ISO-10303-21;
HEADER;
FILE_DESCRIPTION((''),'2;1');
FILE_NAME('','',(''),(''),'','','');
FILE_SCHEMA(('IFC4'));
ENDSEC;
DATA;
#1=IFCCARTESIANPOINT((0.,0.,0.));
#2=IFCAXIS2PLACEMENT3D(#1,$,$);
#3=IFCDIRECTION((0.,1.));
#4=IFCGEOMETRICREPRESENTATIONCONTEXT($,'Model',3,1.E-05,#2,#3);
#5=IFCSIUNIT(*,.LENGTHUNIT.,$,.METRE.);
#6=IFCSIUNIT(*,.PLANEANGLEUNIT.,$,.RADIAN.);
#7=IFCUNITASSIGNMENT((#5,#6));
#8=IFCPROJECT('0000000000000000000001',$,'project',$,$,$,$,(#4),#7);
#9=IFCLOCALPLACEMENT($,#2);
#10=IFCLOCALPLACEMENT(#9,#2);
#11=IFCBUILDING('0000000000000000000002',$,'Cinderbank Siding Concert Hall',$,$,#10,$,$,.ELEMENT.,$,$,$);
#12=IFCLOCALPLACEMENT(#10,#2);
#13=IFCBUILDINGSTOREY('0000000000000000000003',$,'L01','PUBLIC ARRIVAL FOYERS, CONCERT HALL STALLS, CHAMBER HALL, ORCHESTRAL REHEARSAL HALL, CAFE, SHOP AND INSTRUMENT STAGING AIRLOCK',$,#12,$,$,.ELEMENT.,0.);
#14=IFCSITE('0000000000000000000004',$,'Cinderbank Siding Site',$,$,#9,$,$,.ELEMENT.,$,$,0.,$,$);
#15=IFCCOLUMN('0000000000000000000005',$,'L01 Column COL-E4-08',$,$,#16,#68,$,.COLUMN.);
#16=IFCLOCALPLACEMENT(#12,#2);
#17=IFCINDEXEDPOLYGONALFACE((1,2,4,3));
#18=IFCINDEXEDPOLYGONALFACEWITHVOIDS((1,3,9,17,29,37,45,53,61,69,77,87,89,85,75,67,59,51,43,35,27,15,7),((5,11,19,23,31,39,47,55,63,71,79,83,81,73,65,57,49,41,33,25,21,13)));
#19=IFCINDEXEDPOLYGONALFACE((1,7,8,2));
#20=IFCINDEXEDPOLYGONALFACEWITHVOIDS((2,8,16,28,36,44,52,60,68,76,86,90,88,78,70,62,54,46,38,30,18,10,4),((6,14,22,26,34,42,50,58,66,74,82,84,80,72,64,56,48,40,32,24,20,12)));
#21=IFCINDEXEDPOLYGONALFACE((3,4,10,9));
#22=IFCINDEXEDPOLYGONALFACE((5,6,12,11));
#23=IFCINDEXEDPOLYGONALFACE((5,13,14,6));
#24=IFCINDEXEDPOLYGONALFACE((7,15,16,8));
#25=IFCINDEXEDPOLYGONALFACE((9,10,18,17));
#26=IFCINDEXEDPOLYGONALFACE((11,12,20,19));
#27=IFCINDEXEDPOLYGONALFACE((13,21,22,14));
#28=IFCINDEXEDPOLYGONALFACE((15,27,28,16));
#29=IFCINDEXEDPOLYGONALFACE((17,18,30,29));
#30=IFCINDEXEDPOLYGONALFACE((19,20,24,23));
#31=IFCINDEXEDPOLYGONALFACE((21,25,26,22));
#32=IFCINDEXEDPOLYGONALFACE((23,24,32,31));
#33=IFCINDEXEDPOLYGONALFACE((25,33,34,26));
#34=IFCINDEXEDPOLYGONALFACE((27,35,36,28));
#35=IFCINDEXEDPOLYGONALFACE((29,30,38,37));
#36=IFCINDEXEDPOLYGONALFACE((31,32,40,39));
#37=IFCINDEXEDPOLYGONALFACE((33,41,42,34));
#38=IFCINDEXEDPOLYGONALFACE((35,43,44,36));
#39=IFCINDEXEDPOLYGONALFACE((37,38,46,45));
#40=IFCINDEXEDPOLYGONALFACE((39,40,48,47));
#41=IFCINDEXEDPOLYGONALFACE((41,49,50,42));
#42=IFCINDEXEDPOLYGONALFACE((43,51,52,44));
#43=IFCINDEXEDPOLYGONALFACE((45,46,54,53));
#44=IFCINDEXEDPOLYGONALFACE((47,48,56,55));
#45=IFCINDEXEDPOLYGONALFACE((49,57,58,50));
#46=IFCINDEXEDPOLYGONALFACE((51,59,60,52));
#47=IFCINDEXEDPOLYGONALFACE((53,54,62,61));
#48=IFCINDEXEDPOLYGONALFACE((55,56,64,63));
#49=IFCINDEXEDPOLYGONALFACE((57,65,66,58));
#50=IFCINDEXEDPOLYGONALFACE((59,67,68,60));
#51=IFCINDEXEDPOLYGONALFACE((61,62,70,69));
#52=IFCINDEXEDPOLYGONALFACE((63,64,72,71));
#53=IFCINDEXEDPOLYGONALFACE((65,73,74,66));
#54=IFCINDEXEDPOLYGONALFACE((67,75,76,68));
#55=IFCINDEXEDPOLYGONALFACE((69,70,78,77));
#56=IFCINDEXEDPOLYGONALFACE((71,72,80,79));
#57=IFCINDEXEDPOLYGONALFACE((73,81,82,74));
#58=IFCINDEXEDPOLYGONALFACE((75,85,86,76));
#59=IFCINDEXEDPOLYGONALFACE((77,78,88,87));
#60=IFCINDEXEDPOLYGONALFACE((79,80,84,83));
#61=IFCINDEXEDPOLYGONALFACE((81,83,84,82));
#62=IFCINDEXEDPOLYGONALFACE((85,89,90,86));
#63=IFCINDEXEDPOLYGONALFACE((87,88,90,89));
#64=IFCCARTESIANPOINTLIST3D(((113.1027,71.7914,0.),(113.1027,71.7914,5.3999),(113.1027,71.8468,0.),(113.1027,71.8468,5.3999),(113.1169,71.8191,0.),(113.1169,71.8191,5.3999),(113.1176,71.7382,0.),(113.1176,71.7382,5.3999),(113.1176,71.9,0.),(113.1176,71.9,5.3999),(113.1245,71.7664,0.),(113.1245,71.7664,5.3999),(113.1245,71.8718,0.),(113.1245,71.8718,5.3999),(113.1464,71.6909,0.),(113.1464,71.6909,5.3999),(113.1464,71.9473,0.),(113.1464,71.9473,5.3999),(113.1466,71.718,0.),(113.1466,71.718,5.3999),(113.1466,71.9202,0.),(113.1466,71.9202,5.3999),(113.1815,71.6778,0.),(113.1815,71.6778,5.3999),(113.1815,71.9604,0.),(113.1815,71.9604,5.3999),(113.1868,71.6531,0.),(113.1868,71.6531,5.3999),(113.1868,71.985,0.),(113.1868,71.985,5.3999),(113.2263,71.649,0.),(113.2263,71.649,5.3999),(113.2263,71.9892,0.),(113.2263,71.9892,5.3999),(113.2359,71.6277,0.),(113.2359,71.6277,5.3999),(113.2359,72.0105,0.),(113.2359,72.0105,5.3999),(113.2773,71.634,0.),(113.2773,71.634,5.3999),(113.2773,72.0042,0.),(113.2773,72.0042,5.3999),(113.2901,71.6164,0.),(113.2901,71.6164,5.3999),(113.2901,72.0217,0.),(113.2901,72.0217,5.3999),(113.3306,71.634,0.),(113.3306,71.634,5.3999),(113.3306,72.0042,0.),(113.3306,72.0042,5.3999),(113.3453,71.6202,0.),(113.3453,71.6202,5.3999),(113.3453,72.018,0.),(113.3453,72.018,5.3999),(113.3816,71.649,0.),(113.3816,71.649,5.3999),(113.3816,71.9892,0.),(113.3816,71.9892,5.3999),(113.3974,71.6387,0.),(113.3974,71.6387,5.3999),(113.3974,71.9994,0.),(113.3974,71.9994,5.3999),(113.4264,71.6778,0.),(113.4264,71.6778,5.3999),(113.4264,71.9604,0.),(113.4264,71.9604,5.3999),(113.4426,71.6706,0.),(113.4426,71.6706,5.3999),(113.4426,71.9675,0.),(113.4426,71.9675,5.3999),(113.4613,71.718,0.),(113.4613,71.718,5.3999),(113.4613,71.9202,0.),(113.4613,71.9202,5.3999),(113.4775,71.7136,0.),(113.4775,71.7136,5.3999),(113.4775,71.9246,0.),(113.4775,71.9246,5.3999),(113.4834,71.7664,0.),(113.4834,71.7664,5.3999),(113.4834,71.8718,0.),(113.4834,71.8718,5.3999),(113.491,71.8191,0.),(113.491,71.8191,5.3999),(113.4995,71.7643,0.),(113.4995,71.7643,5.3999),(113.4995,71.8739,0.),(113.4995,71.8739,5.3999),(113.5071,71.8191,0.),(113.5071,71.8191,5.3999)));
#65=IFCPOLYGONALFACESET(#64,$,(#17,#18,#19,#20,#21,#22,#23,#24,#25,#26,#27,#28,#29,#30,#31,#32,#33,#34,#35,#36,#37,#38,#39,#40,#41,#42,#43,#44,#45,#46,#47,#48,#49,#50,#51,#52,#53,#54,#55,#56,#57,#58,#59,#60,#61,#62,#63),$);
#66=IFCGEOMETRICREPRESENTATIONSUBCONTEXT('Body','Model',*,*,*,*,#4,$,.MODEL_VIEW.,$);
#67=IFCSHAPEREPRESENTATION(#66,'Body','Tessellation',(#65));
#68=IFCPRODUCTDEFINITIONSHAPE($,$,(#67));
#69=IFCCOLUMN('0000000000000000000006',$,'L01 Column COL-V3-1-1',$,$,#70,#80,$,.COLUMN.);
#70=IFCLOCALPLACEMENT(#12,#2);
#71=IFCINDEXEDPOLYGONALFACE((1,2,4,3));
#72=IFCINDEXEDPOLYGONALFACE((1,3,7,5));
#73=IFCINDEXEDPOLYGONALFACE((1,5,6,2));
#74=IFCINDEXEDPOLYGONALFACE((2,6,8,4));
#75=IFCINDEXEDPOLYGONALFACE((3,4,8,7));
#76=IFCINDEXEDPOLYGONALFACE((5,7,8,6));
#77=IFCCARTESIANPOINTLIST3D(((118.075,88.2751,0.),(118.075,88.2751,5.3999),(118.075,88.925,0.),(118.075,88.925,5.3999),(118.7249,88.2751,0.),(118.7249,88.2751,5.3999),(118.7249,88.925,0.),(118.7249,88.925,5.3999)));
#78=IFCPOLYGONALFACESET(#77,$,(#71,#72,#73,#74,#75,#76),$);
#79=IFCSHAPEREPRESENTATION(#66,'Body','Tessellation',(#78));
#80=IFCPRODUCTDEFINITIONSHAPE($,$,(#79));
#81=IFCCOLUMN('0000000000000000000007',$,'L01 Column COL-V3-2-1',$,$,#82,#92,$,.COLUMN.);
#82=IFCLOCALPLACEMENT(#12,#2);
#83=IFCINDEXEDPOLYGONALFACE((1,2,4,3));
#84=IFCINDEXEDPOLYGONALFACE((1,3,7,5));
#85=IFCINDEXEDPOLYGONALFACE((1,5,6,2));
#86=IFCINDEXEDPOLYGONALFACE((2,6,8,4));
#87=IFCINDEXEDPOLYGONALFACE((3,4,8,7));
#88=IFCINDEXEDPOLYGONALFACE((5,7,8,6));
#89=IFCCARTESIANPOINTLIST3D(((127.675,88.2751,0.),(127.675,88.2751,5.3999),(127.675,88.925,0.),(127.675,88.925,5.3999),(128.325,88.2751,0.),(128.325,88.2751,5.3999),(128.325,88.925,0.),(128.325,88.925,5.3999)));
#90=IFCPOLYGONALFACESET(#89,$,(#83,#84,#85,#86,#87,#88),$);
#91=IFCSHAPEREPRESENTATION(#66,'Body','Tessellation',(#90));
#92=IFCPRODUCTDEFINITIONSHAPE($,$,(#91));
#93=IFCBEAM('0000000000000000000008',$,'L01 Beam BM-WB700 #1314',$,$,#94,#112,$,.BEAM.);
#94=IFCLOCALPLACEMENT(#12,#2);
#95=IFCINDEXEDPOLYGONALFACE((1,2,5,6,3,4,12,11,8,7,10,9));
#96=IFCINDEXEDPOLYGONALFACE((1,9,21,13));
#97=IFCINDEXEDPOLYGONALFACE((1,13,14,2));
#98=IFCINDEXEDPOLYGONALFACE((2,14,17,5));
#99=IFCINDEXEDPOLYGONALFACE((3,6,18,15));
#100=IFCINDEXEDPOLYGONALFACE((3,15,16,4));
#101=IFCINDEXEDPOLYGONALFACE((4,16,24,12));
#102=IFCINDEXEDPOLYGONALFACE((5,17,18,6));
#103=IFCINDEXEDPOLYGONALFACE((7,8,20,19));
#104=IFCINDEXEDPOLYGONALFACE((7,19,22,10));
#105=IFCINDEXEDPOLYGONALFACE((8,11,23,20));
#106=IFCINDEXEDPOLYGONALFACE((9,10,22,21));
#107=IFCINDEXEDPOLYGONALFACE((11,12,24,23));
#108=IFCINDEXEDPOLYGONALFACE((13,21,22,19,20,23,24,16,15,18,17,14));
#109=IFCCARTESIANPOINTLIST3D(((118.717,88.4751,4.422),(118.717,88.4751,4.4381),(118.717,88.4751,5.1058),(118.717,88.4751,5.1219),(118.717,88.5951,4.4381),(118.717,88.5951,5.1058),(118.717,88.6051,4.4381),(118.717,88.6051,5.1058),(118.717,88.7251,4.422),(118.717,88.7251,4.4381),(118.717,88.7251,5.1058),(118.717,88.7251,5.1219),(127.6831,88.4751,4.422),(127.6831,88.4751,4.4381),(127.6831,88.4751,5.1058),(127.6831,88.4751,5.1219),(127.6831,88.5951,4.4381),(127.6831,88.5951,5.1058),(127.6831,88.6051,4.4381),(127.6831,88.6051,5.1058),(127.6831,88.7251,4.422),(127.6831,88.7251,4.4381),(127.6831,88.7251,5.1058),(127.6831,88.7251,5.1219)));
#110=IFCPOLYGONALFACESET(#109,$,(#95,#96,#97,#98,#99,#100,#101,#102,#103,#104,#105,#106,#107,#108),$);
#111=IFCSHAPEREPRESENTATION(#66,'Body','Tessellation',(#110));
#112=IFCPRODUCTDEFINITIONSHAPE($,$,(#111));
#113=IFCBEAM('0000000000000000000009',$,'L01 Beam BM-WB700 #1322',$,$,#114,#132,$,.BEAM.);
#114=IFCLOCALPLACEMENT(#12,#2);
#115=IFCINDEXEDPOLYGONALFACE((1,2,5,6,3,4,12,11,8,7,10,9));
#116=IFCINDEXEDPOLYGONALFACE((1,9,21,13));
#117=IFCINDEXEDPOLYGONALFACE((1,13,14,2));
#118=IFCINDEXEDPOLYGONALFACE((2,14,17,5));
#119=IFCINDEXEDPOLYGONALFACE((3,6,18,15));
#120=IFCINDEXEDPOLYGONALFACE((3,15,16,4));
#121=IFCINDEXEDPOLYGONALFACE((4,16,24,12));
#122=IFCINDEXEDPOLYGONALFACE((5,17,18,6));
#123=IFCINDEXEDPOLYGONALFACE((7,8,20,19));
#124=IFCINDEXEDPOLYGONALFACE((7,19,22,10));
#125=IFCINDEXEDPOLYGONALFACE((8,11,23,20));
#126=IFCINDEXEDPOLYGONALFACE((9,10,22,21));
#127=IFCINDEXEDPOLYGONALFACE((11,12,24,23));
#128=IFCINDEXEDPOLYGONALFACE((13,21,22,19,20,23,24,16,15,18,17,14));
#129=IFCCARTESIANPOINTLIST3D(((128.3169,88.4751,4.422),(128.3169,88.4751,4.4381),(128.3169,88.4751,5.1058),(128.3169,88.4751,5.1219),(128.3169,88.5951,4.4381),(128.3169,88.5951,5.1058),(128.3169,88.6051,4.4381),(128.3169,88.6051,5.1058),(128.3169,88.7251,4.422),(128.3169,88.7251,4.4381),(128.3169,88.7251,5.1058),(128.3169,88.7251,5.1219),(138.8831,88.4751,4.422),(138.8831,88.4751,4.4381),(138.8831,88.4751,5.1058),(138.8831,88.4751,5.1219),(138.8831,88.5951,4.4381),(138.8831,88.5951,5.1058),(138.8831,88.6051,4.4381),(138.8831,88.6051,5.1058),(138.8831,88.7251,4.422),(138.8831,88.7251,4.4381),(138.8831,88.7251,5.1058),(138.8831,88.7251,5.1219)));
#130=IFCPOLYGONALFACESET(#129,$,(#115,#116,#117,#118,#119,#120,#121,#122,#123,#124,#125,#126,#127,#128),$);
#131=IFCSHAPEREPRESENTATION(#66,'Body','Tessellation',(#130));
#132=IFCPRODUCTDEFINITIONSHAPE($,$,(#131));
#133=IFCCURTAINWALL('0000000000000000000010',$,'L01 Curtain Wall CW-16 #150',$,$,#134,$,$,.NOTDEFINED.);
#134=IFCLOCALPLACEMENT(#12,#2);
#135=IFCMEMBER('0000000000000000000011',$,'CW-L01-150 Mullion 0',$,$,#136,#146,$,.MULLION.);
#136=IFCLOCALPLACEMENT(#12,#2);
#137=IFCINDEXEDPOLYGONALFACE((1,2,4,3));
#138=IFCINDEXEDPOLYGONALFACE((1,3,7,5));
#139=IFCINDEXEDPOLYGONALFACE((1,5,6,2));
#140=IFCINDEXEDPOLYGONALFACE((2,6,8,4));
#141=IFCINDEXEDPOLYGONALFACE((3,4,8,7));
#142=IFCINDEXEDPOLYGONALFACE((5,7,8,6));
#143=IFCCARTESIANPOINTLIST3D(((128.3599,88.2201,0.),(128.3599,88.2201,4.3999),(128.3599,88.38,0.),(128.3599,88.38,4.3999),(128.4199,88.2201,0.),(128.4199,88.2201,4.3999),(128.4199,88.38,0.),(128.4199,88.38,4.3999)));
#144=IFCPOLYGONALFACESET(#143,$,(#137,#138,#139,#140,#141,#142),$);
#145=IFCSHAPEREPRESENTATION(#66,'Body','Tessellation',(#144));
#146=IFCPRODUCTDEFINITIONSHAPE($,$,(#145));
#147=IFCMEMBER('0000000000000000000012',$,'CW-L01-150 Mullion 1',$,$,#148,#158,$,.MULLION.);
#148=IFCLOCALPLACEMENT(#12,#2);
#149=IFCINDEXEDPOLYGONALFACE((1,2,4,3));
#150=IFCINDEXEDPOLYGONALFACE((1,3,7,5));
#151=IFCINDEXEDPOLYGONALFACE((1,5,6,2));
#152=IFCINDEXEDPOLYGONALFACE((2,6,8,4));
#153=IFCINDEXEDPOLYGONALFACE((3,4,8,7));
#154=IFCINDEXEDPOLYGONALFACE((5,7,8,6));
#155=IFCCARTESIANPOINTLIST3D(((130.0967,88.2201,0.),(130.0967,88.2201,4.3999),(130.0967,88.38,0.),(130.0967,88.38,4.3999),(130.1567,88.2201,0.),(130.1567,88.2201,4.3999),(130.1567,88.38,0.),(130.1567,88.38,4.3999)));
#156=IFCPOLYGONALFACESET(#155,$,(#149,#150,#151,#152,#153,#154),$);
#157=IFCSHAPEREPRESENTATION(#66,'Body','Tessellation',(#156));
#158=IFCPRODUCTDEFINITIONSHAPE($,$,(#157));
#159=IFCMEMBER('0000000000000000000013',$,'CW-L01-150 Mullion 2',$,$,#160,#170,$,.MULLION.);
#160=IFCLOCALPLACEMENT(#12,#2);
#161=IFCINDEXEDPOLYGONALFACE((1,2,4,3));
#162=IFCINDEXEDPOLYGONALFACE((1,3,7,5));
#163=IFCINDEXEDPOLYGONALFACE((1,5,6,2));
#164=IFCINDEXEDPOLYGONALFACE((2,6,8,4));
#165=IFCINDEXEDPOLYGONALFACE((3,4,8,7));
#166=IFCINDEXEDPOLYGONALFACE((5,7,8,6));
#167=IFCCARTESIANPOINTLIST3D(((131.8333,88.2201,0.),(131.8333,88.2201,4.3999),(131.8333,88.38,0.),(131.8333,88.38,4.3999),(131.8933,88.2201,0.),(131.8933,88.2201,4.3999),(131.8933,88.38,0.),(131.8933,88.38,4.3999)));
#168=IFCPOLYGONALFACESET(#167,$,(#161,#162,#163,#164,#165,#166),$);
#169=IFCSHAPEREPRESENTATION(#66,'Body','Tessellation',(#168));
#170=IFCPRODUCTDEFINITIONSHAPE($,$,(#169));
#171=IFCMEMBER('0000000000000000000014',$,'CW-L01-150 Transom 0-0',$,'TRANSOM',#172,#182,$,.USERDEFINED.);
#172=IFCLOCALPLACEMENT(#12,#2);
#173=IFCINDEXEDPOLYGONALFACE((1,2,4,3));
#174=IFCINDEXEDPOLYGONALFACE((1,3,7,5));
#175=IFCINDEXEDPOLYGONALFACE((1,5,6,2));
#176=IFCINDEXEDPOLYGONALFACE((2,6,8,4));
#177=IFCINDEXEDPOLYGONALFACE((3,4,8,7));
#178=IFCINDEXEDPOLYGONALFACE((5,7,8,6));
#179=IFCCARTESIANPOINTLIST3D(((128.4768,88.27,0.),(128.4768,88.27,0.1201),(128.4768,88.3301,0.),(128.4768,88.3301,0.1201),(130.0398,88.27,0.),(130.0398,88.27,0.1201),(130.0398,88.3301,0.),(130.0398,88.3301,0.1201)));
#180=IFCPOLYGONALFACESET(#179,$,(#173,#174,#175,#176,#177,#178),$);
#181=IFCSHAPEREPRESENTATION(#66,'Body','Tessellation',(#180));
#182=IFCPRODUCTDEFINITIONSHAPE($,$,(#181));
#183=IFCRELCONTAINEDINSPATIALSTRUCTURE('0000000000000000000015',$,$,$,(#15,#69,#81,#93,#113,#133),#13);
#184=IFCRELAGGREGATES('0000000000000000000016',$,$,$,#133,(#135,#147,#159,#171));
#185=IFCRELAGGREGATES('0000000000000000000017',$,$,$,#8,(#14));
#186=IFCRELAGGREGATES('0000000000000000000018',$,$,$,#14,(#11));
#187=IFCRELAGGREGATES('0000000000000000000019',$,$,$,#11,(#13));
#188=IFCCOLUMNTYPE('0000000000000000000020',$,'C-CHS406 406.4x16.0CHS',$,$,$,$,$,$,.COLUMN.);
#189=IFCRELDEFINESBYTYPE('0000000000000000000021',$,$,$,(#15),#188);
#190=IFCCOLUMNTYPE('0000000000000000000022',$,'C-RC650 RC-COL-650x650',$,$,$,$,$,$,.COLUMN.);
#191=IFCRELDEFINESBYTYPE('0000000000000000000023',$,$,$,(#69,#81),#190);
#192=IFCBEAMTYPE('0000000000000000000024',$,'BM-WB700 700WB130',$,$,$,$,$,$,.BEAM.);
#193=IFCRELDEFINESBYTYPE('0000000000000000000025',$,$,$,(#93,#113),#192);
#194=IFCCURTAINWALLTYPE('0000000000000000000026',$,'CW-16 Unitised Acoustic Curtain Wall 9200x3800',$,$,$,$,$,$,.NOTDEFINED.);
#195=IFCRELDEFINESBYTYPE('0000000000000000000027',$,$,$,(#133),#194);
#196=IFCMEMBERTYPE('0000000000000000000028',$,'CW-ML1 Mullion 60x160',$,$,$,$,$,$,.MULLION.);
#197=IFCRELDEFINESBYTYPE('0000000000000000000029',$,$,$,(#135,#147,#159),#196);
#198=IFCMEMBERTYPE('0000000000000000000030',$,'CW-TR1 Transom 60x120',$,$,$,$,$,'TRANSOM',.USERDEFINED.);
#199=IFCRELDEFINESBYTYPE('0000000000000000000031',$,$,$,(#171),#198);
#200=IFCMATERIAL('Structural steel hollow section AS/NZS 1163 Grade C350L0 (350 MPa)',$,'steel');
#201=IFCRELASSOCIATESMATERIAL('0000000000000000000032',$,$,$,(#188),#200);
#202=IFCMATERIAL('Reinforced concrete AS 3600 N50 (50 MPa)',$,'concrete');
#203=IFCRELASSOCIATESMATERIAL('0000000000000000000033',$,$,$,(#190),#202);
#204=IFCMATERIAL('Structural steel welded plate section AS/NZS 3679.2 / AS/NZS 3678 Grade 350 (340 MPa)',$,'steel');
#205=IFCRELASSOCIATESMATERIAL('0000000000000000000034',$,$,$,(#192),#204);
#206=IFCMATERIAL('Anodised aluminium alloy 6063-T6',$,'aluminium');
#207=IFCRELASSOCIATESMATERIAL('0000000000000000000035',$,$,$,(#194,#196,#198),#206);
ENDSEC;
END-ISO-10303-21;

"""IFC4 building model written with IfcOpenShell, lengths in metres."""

from ifc_helpers import new_model, si_unit, direction, frame, origin, origin_2d, place, context, subcontext, project, spatial, rectangle, hollow_circle, i_section, extrude, material, material_profile, profile_set, type_object, element, aggregate, save


model = new_model("IFC4")

# Units and contexts
model_context = context("Model", 3, precision=1e-05, world=origin(), true_north=direction((0.0, 1.0)))
body_context = subcontext(model_context, "Body", "Model", "MODEL_VIEW")
ifc_project = project(units=[si_unit("LENGTHUNIT", "METRE"), si_unit("PLANEANGLEUNIT", "RADIAN")], contexts=[model_context])

# Site, building, storey
site_placement = place(None, origin())
site = spatial("IfcSite", under=ifc_project, at=site_placement, Name="Cinderbank Siding Site", CompositionType="ELEMENT", RefElevation=0.0)
building_placement = place(site_placement, origin())
building = spatial("IfcBuilding", under=site, at=building_placement, Name="Cinderbank Siding Concert Hall", CompositionType="ELEMENT")
storey_placement = place(building_placement, origin())
storey = spatial("IfcBuildingStorey", under=building, at=storey_placement, Name="L01", Description="PUBLIC ARRIVAL FOYERS, CONCERT HALL STALLS, CHAMBER HALL, ORCHESTRAL REHEARSAL HALL, CAFE, SHOP AND INSTRUMENT STAGING AIRLOCK", CompositionType="ELEMENT", Elevation=0.0)

# Columns
ifc_material_1 = material(Name="Structural steel hollow section AS/NZS 1163 Grade C350L0 (350 MPa)", Category="steel")
ifc_material_profile_1 = material_profile(ifc_material_1, hollow_circle(Radius=0.2031, WallThickness=0.0161, at=origin_2d()), Name="406.4x16.0CHS", Category="LoadBearing")
ifc_profile_set_1 = profile_set([ifc_material_profile_1], Name="Structural steel hollow section AS/NZS 1163 Grade C350L0 (350 MPa)")
column_type_1 = type_object("IfcColumnType", Name="C-CHS406 406.4x16.0CHS", PredefinedType="COLUMN", material=ifc_profile_set_1)
for number, where, z_axis, x_axis, name in (
    (1, (113.304, 71.8191, 0.0), (0.0, 0.0, 1.0), (1.0, 0.0, 0.0), "L01 Column COL-E4-08"),
):
    element("IfcColumn", number, at=place(storey_placement, frame(where, z_axis=z_axis, x_axis=x_axis)), inside=storey, type_object=column_type_1, Name=name, PredefinedType="COLUMN", context=body_context, shape_type="SweptSolid", body=[
        extrude(hollow_circle(Radius=0.2031, WallThickness=0.0161, at=origin_2d()), origin(), (0.0, 0.0, 1.0), 5.3999),
    ])
ifc_material_2 = material(Name="Reinforced concrete AS 3600 N50 (50 MPa)", Category="concrete")
ifc_material_profile_2 = material_profile(ifc_material_2, rectangle(XDim=0.6499, YDim=0.6499, at=origin_2d()), Name="RC-COL-650x650", Category="LoadBearing")
ifc_profile_set_2 = profile_set([ifc_material_profile_2], Name="Reinforced concrete AS 3600 N50 (50 MPa)")
column_type_2 = type_object("IfcColumnType", Name="C-RC650 RC-COL-650x650", PredefinedType="COLUMN", material=ifc_profile_set_2)
for number, where, z_axis, x_axis, name in (
    (2, (118.3999, 88.6001, 0.0), (0.0, 0.0, 1.0), (1.0, 0.0, 0.0), "L01 Column COL-V3-1-1"),
    (3, (128.0, 88.6001, 0.0), (0.0, 0.0, 1.0), (1.0, 0.0, 0.0), "L01 Column COL-V3-2-1"),
):
    element("IfcColumn", number, at=place(storey_placement, frame(where, z_axis=z_axis, x_axis=x_axis)), inside=storey, type_object=column_type_2, Name=name, PredefinedType="COLUMN", context=body_context, shape_type="SweptSolid", body=[
        extrude(rectangle(XDim=0.6499, YDim=0.6499, at=origin_2d()), origin(), (0.0, 0.0, 1.0), 5.3999),
    ])

# Beams
ifc_material_3 = material(Name="Structural steel welded plate section AS/NZS 3679.2 / AS/NZS 3678 Grade 350 (340 MPa)", Category="steel")
ifc_material_profile_3 = material_profile(ifc_material_3, i_section(OverallWidth=0.25, OverallDepth=0.7, WebThickness=0.01, FlangeThickness=0.0161, at=origin_2d()), Name="700WB130", Category="LoadBearing")
ifc_profile_set_3 = profile_set([ifc_material_profile_3], Name="Structural steel welded plate section AS/NZS 3679.2 / AS/NZS 3678 Grade 350 (340 MPa)")
beam_type_1 = type_object("IfcBeamType", Name="BM-WB700 700WB130", PredefinedType="BEAM", material=ifc_profile_set_3)
beam_1_placement = place(storey_placement, frame((118.717, 88.6001, 4.772), z_axis=(1.0, 0.0, 0.0), x_axis=(0.0, 1.0, 0.0)))
element("IfcBeam", 4, at=beam_1_placement, inside=storey, type_object=beam_type_1, Name="L01 Beam BM-WB700 #1314", PredefinedType="BEAM", context=body_context, shape_type="SweptSolid", body=[
    extrude(i_section(OverallWidth=0.25, OverallDepth=0.7, WebThickness=0.01, FlangeThickness=0.0161, at=origin_2d()), origin(), (0.0, 0.0, 1.0), 8.9661),
])
beam_2_placement = place(storey_placement, frame((128.3169, 88.6001, 4.772), z_axis=(1.0, 0.0, 0.0), x_axis=(0.0, 1.0, 0.0)))
element("IfcBeam", 5, at=beam_2_placement, inside=storey, type_object=beam_type_1, Name="L01 Beam BM-WB700 #1322", PredefinedType="BEAM", context=body_context, shape_type="SweptSolid", body=[
    extrude(i_section(OverallWidth=0.25, OverallDepth=0.7, WebThickness=0.01, FlangeThickness=0.0161, at=origin_2d()), origin(), (0.0, 0.0, 1.0), 10.5662),
])

# Curtain wall, members
ifc_material_4 = material(Name="Anodised aluminium alloy 6063-T6", Category="aluminium")
curtain_wall_type = type_object("IfcCurtainWallType", Name="CW-16 Unitised Acoustic Curtain Wall 9200x3800", PredefinedType="NOTDEFINED", material=ifc_material_4)
curtain_wall_placement = place(storey_placement, origin())
curtain_wall = element("IfcCurtainWall", 6, at=curtain_wall_placement, inside=storey, type_object=curtain_wall_type, Name="L01 Curtain Wall CW-16 #150", PredefinedType="NOTDEFINED")
ifc_material_profile_4 = material_profile(ifc_material_4, rectangle(XDim=0.0601, YDim=0.1599, at=origin_2d()), Name="ALU-MULL-60x160", Category="LoadBearing")
ifc_profile_set_4 = profile_set([ifc_material_profile_4], Name="Anodised aluminium alloy 6063-T6")
member_type_1 = type_object("IfcMemberType", Name="CW-ML1 Mullion 60x160", PredefinedType="MULLION", material=ifc_profile_set_4)
member_1_placement = place(storey_placement, frame((128.3899, 88.3, 0.0), z_axis=(0.0, 0.0, 1.0), x_axis=(1.0, 0.0, 0.0)))
member_1 = element("IfcMember", 7, at=member_1_placement, type_object=member_type_1, Name="CW-L01-150 Mullion 0", PredefinedType="MULLION", context=body_context, shape_type="SweptSolid", body=[
    extrude(rectangle(XDim=0.0601, YDim=0.1599, at=origin_2d()), origin(), (0.0, 0.0, 1.0), 4.3999),
])
member_2_placement = place(storey_placement, frame((130.1267, 88.3, 0.0), z_axis=(0.0, 0.0, 1.0), x_axis=(1.0, 0.0, 0.0)))
member_2 = element("IfcMember", 8, at=member_2_placement, type_object=member_type_1, Name="CW-L01-150 Mullion 1", PredefinedType="MULLION", context=body_context, shape_type="SweptSolid", body=[
    extrude(rectangle(XDim=0.0601, YDim=0.1599, at=origin_2d()), origin(), (0.0, 0.0, 1.0), 4.3999),
])
member_3_placement = place(storey_placement, frame((131.8633, 88.3, 0.0), z_axis=(0.0, 0.0, 1.0), x_axis=(1.0, 0.0, 0.0)))
member_3 = element("IfcMember", 9, at=member_3_placement, type_object=member_type_1, Name="CW-L01-150 Mullion 2", PredefinedType="MULLION", context=body_context, shape_type="SweptSolid", body=[
    extrude(rectangle(XDim=0.0601, YDim=0.1599, at=origin_2d()), origin(), (0.0, 0.0, 1.0), 4.3999),
])
ifc_material_profile_5 = material_profile(ifc_material_4, rectangle(XDim=0.0601, YDim=0.1201, at=origin_2d()), Name="ALU-TRAN-60x120", Category="LoadBearing")
ifc_profile_set_5 = profile_set([ifc_material_profile_5], Name="Anodised aluminium alloy 6063-T6")
member_type_2 = type_object("IfcMemberType", Name="CW-TR1 Transom 60x120", ElementType="TRANSOM", PredefinedType="USERDEFINED", material=ifc_profile_set_5)
member_4_placement = place(storey_placement, frame((128.4768, 88.3, 0.0601), z_axis=(1.0, 0.0, 0.0), x_axis=(0.0, 1.0, 0.0)))
member_4 = element("IfcMember", 10, at=member_4_placement, type_object=member_type_2, Name="CW-L01-150 Transom 0-0", ObjectType="TRANSOM", PredefinedType="USERDEFINED", context=body_context, shape_type="SweptSolid", body=[
    extrude(rectangle(XDim=0.0601, YDim=0.1201, at=origin_2d()), origin(), (0.0, 0.0, 1.0), 1.563),
])

aggregate(curtain_wall, [member_1, member_2, member_3, member_4])

save(model, "model.ifc")
